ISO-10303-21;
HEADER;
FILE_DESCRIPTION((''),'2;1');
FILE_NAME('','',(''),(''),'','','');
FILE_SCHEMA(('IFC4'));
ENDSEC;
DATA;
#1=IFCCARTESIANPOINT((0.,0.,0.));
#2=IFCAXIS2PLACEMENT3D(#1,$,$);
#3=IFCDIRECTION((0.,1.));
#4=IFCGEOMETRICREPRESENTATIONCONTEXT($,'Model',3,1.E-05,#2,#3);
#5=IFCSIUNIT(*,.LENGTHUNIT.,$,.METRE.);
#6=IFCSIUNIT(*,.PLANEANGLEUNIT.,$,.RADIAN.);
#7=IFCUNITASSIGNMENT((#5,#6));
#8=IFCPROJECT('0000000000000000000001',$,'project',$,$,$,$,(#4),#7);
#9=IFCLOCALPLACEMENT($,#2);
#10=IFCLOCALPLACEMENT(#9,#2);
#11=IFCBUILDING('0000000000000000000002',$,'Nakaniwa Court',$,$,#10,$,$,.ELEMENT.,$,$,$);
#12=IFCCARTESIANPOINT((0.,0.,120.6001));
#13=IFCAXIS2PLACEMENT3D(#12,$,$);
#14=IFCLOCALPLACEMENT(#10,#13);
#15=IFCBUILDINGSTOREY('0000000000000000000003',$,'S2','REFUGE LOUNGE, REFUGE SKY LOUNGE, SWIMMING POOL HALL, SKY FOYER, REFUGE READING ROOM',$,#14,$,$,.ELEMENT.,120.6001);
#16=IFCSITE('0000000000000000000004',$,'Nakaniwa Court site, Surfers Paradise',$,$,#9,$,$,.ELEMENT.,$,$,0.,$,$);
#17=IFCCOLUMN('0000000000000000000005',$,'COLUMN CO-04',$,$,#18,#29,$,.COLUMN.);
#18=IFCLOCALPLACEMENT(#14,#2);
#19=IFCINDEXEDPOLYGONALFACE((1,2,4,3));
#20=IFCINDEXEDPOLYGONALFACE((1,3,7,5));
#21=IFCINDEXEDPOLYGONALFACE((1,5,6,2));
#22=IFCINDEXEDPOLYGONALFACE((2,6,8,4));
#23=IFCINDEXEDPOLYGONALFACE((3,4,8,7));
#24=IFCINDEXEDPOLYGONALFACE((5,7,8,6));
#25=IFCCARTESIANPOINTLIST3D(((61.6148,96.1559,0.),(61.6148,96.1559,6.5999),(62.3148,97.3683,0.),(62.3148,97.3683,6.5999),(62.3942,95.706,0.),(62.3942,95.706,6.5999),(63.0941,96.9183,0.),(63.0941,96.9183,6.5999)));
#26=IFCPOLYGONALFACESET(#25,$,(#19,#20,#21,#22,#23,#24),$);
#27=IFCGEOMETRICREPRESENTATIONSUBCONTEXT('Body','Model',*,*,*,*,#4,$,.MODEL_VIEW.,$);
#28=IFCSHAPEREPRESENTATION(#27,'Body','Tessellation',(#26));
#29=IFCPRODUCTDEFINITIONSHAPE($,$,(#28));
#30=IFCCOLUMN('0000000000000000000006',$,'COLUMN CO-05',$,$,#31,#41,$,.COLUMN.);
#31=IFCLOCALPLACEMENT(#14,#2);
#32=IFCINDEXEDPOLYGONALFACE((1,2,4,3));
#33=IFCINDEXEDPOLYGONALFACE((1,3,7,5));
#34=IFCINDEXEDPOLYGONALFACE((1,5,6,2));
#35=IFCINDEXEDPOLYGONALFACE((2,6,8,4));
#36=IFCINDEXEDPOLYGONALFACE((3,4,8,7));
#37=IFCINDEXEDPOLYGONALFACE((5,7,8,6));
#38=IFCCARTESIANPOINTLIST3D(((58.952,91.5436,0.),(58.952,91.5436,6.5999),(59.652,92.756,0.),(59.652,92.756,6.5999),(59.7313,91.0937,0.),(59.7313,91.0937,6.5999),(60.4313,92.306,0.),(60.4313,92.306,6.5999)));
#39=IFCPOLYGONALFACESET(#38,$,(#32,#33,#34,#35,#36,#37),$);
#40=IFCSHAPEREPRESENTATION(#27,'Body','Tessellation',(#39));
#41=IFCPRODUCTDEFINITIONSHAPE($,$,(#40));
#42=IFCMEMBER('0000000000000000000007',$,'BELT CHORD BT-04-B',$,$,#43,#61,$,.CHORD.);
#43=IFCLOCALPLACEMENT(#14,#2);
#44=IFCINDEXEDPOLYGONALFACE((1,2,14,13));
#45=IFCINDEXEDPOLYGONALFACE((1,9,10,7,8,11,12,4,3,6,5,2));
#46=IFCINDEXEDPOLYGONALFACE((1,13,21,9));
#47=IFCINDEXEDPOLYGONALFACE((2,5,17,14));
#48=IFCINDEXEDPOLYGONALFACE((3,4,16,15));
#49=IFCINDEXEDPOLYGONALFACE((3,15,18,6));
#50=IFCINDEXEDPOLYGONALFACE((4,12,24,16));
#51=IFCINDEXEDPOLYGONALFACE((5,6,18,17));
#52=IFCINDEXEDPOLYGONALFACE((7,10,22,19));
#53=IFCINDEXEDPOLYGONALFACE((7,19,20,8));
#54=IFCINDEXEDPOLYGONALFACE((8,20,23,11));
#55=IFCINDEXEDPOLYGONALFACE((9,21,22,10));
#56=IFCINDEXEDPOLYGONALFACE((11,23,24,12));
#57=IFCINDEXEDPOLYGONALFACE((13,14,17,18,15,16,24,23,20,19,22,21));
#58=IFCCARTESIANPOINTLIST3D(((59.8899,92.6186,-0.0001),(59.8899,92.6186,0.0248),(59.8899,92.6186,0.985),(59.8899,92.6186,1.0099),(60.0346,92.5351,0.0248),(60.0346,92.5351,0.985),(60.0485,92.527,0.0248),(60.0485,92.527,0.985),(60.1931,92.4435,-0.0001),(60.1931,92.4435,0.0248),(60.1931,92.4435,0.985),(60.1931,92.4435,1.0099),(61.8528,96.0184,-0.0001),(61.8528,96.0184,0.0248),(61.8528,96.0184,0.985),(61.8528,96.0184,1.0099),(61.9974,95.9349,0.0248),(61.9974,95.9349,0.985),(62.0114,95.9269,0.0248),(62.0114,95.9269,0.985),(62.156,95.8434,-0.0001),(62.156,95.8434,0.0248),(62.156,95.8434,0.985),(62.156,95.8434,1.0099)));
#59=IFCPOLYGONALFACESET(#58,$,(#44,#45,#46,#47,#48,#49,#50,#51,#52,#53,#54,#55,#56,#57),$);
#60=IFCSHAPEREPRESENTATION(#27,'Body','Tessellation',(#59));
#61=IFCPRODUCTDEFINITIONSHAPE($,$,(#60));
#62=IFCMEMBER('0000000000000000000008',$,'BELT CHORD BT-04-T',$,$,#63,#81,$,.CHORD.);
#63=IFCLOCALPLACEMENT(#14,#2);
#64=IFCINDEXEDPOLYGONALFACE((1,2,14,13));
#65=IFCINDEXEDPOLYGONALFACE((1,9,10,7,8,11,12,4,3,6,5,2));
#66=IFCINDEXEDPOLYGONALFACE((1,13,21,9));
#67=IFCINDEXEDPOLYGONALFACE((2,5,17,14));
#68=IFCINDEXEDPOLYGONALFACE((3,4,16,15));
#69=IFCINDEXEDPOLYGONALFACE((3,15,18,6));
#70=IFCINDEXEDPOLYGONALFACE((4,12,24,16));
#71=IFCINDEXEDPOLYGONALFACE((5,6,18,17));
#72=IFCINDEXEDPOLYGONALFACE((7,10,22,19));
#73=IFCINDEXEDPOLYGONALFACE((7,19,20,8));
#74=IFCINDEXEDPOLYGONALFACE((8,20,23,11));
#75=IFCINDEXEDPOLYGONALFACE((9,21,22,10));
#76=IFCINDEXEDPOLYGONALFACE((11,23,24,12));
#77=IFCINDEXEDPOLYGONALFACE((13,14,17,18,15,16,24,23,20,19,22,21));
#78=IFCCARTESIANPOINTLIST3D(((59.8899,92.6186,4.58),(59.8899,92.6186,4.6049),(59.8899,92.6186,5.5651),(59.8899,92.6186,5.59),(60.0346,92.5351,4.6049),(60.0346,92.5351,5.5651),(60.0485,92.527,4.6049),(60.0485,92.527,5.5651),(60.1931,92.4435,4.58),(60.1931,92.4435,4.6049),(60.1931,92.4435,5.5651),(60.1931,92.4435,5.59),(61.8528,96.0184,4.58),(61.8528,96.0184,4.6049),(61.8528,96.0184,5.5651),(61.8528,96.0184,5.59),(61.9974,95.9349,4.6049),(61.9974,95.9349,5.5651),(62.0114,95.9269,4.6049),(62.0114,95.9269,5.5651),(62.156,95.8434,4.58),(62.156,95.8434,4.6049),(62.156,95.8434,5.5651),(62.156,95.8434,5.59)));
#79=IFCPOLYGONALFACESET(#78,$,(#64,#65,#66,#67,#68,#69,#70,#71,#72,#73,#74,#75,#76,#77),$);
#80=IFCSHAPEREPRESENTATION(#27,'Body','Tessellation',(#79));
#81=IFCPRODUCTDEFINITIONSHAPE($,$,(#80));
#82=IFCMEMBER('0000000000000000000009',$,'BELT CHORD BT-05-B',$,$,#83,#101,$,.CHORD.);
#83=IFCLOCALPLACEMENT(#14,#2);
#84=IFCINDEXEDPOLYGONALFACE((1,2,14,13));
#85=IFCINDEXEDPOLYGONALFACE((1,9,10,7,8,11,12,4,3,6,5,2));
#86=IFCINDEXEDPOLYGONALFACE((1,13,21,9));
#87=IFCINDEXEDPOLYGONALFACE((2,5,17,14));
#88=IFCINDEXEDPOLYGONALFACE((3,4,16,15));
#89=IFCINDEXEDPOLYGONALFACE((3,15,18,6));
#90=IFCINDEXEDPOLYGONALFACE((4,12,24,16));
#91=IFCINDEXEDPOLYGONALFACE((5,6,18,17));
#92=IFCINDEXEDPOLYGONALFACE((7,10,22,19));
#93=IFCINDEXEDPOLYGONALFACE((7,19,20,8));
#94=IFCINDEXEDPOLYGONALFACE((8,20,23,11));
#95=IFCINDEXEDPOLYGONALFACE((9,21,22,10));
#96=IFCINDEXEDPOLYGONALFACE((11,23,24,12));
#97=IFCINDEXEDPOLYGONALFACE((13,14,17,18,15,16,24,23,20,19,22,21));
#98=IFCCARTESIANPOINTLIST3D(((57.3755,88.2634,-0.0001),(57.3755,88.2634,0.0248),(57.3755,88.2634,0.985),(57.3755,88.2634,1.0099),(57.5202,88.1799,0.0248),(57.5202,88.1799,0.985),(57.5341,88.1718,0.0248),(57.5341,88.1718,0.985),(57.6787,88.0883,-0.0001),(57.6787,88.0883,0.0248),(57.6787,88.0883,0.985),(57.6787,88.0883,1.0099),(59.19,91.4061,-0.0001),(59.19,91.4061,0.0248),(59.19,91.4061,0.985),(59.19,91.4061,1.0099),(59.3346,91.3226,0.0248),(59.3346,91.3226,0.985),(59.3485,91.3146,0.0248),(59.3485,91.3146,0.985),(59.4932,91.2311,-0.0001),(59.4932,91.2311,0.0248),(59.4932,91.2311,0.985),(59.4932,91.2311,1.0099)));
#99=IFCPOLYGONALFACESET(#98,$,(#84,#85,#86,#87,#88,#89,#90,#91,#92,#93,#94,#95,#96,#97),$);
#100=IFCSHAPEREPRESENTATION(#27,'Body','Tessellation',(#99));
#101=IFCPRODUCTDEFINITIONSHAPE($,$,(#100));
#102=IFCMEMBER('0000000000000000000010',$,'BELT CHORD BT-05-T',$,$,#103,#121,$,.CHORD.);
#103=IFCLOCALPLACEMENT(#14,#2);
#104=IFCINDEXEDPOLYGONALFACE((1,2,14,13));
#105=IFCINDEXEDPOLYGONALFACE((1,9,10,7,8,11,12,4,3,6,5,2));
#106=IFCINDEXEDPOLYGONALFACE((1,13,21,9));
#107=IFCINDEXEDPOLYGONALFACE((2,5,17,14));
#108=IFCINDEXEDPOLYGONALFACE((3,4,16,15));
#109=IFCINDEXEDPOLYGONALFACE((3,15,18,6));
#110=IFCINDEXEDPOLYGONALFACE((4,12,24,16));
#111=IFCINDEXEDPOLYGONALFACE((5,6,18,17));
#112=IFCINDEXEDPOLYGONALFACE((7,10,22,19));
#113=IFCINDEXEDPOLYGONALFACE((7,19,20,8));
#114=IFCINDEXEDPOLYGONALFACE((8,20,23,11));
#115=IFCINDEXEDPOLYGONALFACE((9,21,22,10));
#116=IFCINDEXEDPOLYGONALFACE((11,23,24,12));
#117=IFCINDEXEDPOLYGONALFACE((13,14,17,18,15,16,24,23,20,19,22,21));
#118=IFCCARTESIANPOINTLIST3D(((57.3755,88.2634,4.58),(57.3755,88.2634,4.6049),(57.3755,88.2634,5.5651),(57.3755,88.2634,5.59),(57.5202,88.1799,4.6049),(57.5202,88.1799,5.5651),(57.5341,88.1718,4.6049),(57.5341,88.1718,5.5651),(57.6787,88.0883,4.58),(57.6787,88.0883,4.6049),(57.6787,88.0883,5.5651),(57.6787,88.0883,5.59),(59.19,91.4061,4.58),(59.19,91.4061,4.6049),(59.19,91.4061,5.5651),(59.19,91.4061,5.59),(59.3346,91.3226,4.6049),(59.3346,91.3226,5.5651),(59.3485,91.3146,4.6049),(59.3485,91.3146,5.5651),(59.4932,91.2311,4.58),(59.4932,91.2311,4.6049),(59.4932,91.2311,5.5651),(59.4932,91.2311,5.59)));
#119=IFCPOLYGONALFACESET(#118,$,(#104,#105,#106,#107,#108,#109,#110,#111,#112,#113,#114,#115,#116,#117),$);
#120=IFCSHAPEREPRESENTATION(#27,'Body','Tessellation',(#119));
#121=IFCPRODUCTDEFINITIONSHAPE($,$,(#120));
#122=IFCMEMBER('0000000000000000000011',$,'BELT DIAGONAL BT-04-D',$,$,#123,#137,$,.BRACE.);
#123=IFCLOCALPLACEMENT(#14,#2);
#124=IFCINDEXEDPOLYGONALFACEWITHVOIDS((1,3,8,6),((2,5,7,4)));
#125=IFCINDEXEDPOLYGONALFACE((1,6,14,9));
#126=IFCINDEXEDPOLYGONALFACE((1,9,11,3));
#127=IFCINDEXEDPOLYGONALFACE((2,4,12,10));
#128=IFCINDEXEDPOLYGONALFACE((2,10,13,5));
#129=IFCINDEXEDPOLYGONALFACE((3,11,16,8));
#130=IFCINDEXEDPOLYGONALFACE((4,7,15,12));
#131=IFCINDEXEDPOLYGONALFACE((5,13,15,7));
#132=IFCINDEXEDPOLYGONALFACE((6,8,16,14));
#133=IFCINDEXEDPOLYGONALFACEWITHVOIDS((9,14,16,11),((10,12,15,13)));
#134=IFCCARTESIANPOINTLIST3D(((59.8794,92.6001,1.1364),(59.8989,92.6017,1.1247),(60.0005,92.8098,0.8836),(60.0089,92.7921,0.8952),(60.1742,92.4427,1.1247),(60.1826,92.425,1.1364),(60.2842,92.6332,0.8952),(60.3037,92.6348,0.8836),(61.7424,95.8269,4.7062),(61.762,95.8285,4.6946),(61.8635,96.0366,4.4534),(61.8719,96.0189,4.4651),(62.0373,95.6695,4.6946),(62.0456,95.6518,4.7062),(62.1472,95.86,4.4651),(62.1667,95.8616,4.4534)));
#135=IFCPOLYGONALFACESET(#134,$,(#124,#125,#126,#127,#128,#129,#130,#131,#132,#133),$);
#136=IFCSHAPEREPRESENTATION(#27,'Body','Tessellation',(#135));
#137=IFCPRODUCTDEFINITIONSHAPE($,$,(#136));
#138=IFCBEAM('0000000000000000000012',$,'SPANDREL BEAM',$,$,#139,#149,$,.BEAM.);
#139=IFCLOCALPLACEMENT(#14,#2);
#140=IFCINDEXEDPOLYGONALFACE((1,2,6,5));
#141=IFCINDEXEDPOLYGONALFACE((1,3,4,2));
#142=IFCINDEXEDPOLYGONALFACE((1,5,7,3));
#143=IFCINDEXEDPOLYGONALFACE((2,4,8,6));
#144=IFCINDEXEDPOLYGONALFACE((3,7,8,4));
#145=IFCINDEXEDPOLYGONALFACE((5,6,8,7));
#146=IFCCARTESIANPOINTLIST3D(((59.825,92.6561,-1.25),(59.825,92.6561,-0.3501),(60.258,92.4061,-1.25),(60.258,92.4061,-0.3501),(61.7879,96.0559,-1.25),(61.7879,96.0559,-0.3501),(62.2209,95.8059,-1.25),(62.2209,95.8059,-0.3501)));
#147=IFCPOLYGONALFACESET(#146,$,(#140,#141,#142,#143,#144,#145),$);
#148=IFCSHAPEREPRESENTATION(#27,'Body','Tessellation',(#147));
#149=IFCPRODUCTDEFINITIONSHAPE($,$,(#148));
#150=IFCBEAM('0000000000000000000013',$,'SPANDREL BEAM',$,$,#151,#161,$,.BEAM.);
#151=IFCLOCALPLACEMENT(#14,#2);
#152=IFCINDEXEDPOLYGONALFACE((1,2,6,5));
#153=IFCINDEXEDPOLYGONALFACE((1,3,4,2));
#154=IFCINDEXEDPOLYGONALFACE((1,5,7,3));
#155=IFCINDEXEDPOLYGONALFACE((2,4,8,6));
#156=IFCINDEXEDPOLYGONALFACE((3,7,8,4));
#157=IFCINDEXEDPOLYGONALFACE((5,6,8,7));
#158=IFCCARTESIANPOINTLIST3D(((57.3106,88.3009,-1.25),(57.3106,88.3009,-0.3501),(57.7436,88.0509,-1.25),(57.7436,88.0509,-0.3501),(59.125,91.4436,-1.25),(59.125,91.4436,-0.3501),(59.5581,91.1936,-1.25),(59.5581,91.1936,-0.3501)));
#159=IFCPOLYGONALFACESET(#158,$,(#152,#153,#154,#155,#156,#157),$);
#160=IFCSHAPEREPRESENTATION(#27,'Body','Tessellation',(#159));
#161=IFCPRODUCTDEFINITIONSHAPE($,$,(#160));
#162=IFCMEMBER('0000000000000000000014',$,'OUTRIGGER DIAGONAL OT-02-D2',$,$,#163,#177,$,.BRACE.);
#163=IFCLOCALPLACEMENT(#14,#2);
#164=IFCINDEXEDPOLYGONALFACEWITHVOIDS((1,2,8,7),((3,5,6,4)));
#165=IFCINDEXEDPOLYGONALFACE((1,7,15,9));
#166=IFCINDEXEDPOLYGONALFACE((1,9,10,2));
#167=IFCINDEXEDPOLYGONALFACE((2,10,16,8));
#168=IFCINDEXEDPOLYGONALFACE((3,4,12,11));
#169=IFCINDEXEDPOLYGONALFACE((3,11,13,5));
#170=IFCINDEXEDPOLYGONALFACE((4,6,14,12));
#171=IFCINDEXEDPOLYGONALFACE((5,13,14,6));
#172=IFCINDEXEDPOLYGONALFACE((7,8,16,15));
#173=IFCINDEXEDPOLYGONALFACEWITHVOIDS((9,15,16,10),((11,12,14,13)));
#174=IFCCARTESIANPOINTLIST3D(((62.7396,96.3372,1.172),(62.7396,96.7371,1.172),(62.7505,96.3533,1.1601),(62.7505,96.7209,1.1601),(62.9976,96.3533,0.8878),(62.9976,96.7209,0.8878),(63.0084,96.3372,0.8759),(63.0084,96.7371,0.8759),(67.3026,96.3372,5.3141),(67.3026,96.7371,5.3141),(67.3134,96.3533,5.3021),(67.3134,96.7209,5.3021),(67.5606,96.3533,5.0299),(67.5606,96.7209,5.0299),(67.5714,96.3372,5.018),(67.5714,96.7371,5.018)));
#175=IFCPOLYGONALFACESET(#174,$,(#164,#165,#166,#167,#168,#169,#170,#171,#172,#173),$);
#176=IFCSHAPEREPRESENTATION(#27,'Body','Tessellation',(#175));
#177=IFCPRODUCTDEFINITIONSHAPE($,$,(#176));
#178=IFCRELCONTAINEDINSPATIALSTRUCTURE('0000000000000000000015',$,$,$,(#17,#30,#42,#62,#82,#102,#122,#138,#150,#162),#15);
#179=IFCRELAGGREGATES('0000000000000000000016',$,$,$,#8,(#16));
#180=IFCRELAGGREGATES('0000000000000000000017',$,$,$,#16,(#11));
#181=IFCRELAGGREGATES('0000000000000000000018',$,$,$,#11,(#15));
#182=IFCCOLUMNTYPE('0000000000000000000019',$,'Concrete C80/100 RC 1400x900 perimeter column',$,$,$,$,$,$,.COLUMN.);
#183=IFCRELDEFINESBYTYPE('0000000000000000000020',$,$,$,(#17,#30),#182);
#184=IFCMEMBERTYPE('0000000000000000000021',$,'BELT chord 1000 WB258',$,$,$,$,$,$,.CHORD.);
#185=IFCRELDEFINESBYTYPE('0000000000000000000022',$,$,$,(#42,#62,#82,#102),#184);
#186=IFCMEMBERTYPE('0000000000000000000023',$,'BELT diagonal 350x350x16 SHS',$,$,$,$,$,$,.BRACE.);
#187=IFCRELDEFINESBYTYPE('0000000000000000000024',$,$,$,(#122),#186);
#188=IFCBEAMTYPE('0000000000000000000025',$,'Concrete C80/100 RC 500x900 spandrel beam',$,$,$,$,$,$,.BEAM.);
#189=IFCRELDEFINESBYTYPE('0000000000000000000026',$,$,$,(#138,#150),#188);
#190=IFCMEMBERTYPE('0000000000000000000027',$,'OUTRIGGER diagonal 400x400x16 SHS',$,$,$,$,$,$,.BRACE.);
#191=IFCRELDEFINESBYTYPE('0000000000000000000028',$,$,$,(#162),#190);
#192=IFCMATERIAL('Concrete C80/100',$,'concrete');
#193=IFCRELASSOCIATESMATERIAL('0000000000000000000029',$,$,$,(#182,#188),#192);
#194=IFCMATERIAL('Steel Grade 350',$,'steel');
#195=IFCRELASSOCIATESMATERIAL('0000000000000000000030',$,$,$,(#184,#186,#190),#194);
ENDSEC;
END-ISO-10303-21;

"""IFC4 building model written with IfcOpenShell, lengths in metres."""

from ifc_helpers import new_model, si_unit, direction, frame, origin, origin_2d, place, context, subcontext, project, spatial, rectangle, hollow_rectangle, i_section, extrude, material, material_profile, profile_set, type_object, element, save


model = new_model("IFC4")

# Units and contexts
model_context = context("Model", 3, precision=1e-05, world=origin(), true_north=direction((0.0, 1.0)))
body_context = subcontext(model_context, "Body", "Model", "MODEL_VIEW")
ifc_project = project(units=[si_unit("LENGTHUNIT", "METRE"), si_unit("PLANEANGLEUNIT", "RADIAN")], contexts=[model_context])

# Site, building, storey
site_placement = place(None, origin())
site = spatial("IfcSite", under=ifc_project, at=site_placement, Name="Nakaniwa Court site, Surfers Paradise", CompositionType="ELEMENT", RefElevation=0.0)
building_placement = place(site_placement, origin())
building = spatial("IfcBuilding", under=site, at=building_placement, Name="Nakaniwa Court", CompositionType="ELEMENT")
storey_placement = place(building_placement, frame((0.0, 0.0, 120.6001)))
storey = spatial("IfcBuildingStorey", under=building, at=storey_placement, Name="S2", Description="REFUGE LOUNGE, REFUGE SKY LOUNGE, SWIMMING POOL HALL, SKY FOYER, REFUGE READING ROOM", CompositionType="ELEMENT", Elevation=120.6001)

# Columns
ifc_material_1 = material(Name="Concrete C80/100", Category="concrete")
ifc_material_profile_1 = material_profile(ifc_material_1, rectangle(XDim=1.3999, YDim=0.8999, at=origin_2d()), Name="Concrete C80/100 RC 1400x900 perimeter column")
ifc_profile_set_1 = profile_set([ifc_material_profile_1], Name="Concrete C80/100")
column_type = type_object("IfcColumnType", Name="Concrete C80/100 RC 1400x900 perimeter column", PredefinedType="COLUMN", material=ifc_profile_set_1)
for number, where, z_axis, x_axis, name in (
    (1, (62.3545, 96.5371, 0.0), (0.0, 0.0, 1.0), (-0.5, -0.866025, 0.0), "COLUMN CO-04"),
    (2, (59.6917, 91.9248, 0.0), (0.0, 0.0, 1.0), (-0.5, -0.866025, 0.0), "COLUMN CO-05"),
):
    element("IfcColumn", number, at=place(storey_placement, frame(where, z_axis=z_axis, x_axis=x_axis)), inside=storey, type_object=column_type, Name=name, PredefinedType="COLUMN", context=body_context, shape_type="SweptSolid", body=[
        extrude(rectangle(XDim=1.3999, YDim=0.8999, at=origin_2d()), origin(), (0.0, 0.0, 1.0), 6.5999),
    ])

# Members
ifc_material_2 = material(Name="Steel Grade 350", Category="steel")
ifc_material_profile_2 = material_profile(ifc_material_2, i_section(OverallWidth=0.3501, OverallDepth=1.01, WebThickness=0.0161, FlangeThickness=0.0249, at=origin_2d()), Name="1000WB258")
ifc_profile_set_2 = profile_set([ifc_material_profile_2], Name="Steel Grade 350")
member_type_1 = type_object("IfcMemberType", Name="BELT chord 1000 WB258", PredefinedType="CHORD", material=ifc_profile_set_2)
for number, where, z_axis, x_axis, name in (
    (3, (62.0044, 95.9309, 0.5049), (-0.499992, -0.86603, 0.0), (0.86603, -0.499992, 0.0), "BELT CHORD BT-04-B"),
    (4, (62.0044, 95.9309, 5.085), (-0.499992, -0.86603, 0.0), (0.86603, -0.499992, 0.0), "BELT CHORD BT-04-T"),
):
    element("IfcMember", number, at=place(storey_placement, frame(where, z_axis=z_axis, x_axis=x_axis)), inside=storey, type_object=member_type_1, Name=name, PredefinedType="CHORD", context=body_context, shape_type="SweptSolid", body=[
        extrude(i_section(OverallWidth=0.3501, OverallDepth=1.01, WebThickness=0.0161, FlangeThickness=0.0249, at=origin_2d()), origin(), (0.0, 0.0, 1.0), 3.9258),
    ])
for number, where, z_axis, x_axis, name in (
    (5, (59.3416, 91.3186, 0.5049), (-0.499988, -0.866032, 0.0), (0.866032, -0.499988, 0.0), "BELT CHORD BT-05-B"),
    (6, (59.3416, 91.3186, 5.085), (-0.499988, -0.866032, 0.0), (0.866032, -0.499988, 0.0), "BELT CHORD BT-05-T"),
):
    element("IfcMember", number, at=place(storey_placement, frame(where, z_axis=z_axis, x_axis=x_axis)), inside=storey, type_object=member_type_1, Name=name, PredefinedType="CHORD", context=body_context, shape_type="SweptSolid", body=[
        extrude(i_section(OverallWidth=0.3501, OverallDepth=1.01, WebThickness=0.0161, FlangeThickness=0.0249, at=origin_2d()), origin(), (0.0, 0.0, 1.0), 3.6289),
    ])
ifc_material_profile_3 = material_profile(ifc_material_2, hollow_rectangle(XDim=0.3501, YDim=0.3501, WallThickness=0.0161, at=origin_2d()), Name="BELT diagonal 350x350x16 SHS")
ifc_profile_set_3 = profile_set([ifc_material_profile_3], Name="Steel Grade 350")
member_type_2 = type_object("IfcMemberType", Name="BELT diagonal 350x350x16 SHS", PredefinedType="BRACE", material=ifc_profile_set_3)
member_1_placement = place(storey_placement, frame((61.9546, 95.8442, 4.5798), z_axis=(-0.361045, -0.625336, -0.69181), x_axis=(0.866021, -0.500008, 0.0)))
element("IfcMember", 7, at=member_1_placement, inside=storey, type_object=member_type_2, Name="BELT DIAGONAL BT-04-D", PredefinedType="BRACE", context=body_context, shape_type="SweptSolid", body=[
    extrude(hollow_rectangle(XDim=0.3501, YDim=0.3501, WallThickness=0.0161, at=origin_2d()), origin(), (0.0, 0.0, 1.0), 5.1602),
])

# Beams
ifc_material_profile_4 = material_profile(ifc_material_1, rectangle(XDim=0.5, YDim=0.8999, at=origin_2d()), Name="Concrete C80/100 RC 500x900 spandrel beam")
ifc_profile_set_4 = profile_set([ifc_material_profile_4], Name="Concrete C80/100")
beam_type = type_object("IfcBeamType", Name="Concrete C80/100 RC 500x900 spandrel beam", PredefinedType="BEAM", material=ifc_profile_set_4)
beam_1_placement = place(storey_placement, frame((62.0044, 95.9309, -0.8), z_axis=(-0.499992, -0.86603, 0.0), x_axis=(0.86603, -0.499992, 0.0)))
element("IfcBeam", 8, at=beam_1_placement, inside=storey, type_object=beam_type, Name="SPANDREL BEAM", PredefinedType="BEAM", context=body_context, shape_type="SweptSolid", body=[
    extrude(rectangle(XDim=0.5, YDim=0.8999, at=origin_2d()), origin(), (0.0, 0.0, 1.0), 3.9258),
])
beam_2_placement = place(storey_placement, frame((59.3416, 91.3186, -0.8), z_axis=(-0.499988, -0.866032, 0.0), x_axis=(0.866032, -0.499988, 0.0)))
element("IfcBeam", 9, at=beam_2_placement, inside=storey, type_object=beam_type, Name="SPANDREL BEAM", PredefinedType="BEAM", context=body_context, shape_type="SweptSolid", body=[
    extrude(rectangle(XDim=0.5, YDim=0.8999, at=origin_2d()), origin(), (0.0, 0.0, 1.0), 3.6289),
])

# Member
ifc_material_profile_5 = material_profile(ifc_material_2, hollow_rectangle(XDim=0.3999, YDim=0.3999, WallThickness=0.0161, at=origin_2d()), Name="OUTRIGGER diagonal 400x400x16 SHS")
ifc_profile_set_5 = profile_set([ifc_material_profile_5], Name="Steel Grade 350")
member_type_3 = type_object("IfcMemberType", Name="OUTRIGGER diagonal 400x400x16 SHS", PredefinedType="BRACE", material=ifc_profile_set_5)
member_2_placement = place(storey_placement, frame((67.437, 96.5371, 5.166), z_axis=(-0.740431, 0.0, -0.672132), x_axis=(0.0, -1.0, 0.0)))
element("IfcMember", 10, at=member_2_placement, inside=storey, type_object=member_type_3, Name="OUTRIGGER DIAGONAL OT-02-D2", PredefinedType="BRACE", context=body_context, shape_type="SweptSolid", body=[
    extrude(hollow_rectangle(XDim=0.3999, YDim=0.3999, WallThickness=0.0161, at=origin_2d()), origin(), (0.0, 0.0, 1.0), 6.1626),
])

save(model, "model.ifc")
